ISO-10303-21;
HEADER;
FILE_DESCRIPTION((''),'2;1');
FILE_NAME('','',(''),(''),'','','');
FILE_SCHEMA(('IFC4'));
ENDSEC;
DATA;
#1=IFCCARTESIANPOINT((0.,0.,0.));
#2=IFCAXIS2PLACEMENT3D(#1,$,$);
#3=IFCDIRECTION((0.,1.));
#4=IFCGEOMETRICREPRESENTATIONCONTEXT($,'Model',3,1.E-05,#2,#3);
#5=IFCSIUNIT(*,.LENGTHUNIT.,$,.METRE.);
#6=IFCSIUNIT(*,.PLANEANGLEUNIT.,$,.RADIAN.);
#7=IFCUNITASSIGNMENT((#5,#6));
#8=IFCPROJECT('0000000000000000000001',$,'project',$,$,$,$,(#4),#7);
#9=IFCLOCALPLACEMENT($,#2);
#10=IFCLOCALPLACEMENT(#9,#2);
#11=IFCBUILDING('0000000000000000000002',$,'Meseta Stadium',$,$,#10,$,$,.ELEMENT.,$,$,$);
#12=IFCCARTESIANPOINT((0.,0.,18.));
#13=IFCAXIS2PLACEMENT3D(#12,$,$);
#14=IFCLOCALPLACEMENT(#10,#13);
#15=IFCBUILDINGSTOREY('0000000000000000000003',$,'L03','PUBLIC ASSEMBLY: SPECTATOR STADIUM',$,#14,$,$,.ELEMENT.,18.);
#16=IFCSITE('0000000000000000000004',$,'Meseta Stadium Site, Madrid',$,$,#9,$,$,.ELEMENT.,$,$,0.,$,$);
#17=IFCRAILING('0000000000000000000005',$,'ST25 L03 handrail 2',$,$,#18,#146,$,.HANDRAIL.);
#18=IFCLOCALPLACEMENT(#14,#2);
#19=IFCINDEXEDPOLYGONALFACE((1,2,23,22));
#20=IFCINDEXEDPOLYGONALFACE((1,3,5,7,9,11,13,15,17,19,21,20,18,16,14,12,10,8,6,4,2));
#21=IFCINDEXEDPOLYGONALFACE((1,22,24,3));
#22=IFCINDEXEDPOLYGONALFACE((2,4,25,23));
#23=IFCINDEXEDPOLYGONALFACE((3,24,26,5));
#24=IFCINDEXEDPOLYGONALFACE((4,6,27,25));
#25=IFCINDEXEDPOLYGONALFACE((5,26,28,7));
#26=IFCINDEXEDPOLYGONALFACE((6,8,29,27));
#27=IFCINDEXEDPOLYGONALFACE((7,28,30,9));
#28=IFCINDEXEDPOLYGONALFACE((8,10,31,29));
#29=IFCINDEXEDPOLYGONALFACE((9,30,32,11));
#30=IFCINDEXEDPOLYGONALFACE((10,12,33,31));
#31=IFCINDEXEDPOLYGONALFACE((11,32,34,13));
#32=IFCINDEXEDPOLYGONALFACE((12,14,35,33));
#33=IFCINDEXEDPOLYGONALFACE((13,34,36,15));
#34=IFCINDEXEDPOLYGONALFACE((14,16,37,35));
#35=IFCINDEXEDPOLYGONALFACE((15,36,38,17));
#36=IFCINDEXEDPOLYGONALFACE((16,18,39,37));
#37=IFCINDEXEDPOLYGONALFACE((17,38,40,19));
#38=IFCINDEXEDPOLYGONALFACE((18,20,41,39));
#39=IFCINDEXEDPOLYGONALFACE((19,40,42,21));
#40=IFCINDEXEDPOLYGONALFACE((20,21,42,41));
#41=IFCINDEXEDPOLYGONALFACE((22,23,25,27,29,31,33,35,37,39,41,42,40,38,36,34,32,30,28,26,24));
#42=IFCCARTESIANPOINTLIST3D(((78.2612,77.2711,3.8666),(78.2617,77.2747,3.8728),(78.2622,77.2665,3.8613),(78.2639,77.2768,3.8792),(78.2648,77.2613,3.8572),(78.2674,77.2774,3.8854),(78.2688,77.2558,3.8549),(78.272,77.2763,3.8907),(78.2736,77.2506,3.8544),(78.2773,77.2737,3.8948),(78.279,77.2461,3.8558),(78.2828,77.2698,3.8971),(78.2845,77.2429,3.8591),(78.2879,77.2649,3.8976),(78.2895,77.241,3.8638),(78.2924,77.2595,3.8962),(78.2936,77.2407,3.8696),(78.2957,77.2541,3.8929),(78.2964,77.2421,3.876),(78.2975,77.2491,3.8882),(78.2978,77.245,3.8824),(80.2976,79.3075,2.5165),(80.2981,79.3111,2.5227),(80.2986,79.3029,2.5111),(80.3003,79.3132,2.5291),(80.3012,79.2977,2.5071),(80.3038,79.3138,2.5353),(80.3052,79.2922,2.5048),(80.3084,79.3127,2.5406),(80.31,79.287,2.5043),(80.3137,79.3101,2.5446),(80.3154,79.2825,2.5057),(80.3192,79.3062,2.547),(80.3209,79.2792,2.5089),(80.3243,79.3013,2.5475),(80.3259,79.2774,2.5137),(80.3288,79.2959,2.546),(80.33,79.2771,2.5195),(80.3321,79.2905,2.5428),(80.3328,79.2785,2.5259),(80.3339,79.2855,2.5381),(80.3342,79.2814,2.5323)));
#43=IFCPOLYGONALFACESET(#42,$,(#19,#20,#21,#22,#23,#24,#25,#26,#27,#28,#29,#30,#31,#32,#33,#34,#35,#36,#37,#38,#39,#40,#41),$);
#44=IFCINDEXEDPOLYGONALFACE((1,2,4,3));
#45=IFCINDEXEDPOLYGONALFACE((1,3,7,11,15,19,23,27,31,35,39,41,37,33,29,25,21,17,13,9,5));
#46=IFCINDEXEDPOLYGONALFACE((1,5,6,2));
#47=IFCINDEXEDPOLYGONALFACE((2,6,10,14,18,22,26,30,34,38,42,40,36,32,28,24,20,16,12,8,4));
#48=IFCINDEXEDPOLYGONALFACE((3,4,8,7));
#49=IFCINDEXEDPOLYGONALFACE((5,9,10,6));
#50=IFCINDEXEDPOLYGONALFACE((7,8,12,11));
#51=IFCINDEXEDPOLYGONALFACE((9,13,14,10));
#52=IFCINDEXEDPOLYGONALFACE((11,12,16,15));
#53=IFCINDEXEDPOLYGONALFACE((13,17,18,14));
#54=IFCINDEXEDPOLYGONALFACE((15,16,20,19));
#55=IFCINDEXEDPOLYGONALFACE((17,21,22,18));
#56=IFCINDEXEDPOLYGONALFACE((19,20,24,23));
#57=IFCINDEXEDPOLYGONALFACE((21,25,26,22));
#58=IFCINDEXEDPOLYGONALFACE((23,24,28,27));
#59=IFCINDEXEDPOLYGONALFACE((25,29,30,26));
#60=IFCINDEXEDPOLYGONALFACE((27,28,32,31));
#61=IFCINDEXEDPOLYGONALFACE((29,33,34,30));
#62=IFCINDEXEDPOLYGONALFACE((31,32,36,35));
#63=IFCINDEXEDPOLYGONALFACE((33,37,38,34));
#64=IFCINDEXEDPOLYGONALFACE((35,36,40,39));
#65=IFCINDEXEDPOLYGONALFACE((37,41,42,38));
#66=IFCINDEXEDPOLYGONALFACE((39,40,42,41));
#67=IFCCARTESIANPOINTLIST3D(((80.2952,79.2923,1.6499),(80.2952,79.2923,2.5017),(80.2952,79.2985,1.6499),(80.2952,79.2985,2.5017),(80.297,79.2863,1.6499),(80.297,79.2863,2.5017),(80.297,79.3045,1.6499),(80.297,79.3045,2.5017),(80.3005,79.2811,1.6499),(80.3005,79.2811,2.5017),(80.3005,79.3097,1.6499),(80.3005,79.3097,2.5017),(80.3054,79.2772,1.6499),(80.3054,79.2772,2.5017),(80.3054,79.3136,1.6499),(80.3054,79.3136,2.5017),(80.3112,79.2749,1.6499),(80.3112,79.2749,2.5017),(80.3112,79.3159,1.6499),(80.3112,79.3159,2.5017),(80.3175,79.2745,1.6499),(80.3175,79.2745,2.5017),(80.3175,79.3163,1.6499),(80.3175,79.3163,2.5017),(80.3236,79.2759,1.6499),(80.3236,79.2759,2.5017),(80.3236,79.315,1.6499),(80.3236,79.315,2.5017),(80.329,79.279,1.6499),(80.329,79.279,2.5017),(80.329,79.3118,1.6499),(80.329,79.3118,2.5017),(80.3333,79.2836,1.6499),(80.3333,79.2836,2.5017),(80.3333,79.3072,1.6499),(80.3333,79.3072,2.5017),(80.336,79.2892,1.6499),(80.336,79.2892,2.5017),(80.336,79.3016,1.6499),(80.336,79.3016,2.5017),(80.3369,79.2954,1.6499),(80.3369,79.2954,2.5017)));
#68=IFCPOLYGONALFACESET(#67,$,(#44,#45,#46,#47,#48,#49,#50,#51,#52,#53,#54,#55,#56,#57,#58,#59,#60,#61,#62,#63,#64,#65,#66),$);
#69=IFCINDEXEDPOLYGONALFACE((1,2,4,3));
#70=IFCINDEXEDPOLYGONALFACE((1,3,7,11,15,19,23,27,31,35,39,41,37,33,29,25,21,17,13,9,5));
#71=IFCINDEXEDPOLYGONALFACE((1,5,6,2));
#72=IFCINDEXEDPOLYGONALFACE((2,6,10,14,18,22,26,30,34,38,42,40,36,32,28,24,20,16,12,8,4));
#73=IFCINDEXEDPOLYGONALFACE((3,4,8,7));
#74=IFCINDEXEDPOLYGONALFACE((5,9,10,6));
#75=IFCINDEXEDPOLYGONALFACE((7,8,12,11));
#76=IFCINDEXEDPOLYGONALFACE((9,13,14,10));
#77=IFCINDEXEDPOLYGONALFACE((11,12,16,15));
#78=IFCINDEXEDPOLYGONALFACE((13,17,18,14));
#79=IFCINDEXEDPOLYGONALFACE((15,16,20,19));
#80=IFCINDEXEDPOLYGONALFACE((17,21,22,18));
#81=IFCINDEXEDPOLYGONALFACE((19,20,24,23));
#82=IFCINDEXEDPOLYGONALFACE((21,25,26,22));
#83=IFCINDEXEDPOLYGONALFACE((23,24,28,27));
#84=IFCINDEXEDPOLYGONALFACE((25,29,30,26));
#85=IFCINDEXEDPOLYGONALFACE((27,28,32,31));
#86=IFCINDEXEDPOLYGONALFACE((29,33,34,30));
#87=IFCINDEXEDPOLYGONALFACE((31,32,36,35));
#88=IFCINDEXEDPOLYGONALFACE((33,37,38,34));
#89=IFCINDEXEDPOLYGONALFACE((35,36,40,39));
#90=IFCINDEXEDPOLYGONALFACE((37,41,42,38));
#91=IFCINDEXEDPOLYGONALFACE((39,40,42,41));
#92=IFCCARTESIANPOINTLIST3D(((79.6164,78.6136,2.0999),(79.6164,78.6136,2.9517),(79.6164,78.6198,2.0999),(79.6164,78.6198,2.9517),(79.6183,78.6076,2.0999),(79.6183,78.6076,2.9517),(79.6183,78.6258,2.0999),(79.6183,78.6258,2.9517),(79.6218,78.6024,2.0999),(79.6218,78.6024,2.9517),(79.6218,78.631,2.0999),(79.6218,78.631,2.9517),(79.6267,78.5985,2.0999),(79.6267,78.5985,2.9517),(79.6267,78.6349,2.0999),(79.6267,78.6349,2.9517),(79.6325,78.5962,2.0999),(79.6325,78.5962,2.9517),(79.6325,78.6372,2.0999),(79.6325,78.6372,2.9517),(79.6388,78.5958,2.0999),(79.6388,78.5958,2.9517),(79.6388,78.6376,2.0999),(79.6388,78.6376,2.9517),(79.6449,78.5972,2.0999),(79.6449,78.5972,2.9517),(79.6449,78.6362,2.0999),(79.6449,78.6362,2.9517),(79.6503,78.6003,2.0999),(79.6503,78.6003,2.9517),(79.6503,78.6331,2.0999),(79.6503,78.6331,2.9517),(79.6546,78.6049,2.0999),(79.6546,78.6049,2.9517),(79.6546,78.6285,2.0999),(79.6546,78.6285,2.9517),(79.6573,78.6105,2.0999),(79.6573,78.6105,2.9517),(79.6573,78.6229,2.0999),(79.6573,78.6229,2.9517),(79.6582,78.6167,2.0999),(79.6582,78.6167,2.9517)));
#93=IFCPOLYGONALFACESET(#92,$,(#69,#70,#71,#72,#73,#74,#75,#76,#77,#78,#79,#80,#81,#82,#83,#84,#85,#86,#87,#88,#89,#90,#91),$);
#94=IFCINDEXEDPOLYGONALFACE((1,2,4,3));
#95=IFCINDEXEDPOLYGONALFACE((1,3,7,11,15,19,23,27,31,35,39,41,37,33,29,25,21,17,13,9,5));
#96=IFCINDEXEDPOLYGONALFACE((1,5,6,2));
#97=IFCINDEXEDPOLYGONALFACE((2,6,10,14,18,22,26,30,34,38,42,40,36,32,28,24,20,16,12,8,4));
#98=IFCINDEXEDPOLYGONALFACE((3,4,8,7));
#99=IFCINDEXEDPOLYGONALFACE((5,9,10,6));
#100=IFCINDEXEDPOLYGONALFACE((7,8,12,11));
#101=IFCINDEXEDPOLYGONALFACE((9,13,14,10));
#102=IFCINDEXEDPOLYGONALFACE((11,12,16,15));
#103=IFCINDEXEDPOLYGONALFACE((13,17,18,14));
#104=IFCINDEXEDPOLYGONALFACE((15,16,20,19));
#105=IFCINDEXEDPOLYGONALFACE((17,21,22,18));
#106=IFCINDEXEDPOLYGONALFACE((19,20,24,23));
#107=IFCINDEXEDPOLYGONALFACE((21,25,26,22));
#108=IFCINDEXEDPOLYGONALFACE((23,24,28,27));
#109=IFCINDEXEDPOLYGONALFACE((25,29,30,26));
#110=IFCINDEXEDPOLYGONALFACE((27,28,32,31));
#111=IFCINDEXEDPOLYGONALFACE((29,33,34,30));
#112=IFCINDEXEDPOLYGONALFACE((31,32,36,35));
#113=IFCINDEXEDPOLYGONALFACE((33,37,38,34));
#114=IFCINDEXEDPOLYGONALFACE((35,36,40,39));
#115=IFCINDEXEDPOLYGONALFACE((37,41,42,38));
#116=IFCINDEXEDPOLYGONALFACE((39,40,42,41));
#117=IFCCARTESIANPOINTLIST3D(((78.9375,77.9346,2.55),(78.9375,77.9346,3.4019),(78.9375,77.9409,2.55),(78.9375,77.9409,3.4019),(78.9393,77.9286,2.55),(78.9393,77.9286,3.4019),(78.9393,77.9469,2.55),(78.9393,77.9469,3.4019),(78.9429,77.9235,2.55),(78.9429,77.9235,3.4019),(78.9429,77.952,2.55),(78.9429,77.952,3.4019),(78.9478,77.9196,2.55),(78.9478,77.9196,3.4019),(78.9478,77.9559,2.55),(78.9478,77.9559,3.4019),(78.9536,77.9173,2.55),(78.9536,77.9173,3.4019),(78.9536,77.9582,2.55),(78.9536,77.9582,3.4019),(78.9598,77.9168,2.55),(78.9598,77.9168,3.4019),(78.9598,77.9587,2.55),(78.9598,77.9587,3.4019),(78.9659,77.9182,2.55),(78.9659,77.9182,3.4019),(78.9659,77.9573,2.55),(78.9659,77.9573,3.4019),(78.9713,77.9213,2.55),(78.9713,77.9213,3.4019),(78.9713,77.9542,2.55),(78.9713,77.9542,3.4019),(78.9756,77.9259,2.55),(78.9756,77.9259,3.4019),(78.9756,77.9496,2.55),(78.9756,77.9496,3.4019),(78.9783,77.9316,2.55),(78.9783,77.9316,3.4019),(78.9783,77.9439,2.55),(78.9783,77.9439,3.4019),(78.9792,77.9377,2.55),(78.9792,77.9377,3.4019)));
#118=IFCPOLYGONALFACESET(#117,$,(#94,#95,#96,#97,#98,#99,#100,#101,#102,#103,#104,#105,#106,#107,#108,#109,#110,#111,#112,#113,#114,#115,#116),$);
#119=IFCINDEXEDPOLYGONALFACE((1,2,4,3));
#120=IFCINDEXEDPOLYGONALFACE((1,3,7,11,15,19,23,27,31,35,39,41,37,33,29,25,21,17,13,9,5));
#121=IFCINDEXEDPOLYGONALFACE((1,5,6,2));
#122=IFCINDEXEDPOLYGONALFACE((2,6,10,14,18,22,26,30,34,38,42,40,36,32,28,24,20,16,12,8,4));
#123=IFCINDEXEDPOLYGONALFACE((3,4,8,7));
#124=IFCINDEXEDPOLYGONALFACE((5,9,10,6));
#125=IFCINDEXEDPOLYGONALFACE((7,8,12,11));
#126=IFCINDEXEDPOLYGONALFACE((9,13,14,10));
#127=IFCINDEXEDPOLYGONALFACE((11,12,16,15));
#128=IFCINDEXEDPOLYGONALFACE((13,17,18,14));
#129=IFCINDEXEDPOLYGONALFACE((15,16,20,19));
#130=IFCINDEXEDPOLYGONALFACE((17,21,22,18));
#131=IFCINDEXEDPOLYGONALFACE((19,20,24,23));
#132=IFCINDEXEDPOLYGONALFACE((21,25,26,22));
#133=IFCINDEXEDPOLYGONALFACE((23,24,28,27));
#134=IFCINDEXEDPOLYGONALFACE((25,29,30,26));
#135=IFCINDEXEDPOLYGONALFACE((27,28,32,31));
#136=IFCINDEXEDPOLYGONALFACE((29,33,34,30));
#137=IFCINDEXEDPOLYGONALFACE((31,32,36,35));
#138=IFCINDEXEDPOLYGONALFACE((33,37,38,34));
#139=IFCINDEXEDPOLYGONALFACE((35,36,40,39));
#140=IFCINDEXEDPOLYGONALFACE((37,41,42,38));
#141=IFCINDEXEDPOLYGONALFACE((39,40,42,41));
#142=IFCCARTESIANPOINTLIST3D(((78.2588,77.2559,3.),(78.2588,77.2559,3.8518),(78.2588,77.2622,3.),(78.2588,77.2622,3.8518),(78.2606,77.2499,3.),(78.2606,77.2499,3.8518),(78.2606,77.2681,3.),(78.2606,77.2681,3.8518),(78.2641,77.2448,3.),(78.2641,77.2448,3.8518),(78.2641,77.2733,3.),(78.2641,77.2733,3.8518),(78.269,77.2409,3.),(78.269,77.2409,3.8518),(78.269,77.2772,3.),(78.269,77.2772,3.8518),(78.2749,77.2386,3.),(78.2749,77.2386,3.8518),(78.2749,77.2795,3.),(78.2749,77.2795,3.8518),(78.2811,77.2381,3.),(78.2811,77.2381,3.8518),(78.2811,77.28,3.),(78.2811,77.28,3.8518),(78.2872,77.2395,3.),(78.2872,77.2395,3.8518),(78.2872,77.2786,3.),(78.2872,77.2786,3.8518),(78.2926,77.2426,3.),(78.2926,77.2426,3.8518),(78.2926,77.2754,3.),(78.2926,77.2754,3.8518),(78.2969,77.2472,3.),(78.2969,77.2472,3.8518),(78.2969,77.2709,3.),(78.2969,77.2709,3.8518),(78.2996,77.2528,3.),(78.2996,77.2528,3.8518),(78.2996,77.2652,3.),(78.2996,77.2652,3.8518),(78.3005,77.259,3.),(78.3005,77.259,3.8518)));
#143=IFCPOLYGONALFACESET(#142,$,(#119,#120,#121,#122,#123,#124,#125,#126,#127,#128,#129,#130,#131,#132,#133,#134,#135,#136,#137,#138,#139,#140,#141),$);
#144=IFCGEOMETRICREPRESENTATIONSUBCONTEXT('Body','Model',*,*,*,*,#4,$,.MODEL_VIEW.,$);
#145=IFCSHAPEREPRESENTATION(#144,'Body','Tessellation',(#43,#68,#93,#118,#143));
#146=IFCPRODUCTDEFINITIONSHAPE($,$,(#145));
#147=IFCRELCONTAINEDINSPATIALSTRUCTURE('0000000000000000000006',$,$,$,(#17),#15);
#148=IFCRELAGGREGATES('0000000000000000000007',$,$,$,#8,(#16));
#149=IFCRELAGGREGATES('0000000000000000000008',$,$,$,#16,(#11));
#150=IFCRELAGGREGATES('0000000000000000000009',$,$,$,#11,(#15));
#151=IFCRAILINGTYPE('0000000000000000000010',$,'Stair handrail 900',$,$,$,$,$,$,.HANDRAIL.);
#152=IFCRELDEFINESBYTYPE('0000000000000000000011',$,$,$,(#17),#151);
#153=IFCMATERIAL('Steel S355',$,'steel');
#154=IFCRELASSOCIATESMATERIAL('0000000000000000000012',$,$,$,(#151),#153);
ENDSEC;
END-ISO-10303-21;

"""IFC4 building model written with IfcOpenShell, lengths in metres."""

from ifc_helpers import new_model, si_unit, direction, frame, origin, origin_2d, place, context, subcontext, project, spatial, circle, extrude, material, type_object, element, save


model = new_model("IFC4")

# Units and contexts
model_context = context("Model", 3, precision=1e-05, world=origin(), true_north=direction((0.0, 1.0)))
body_context = subcontext(model_context, "Body", "Model", "MODEL_VIEW")
ifc_project = project(units=[si_unit("LENGTHUNIT", "METRE"), si_unit("PLANEANGLEUNIT", "RADIAN")], contexts=[model_context])

# Site, building, storey
site_placement = place(None, origin())
site = spatial("IfcSite", under=ifc_project, at=site_placement, Name="Meseta Stadium Site, Madrid", CompositionType="ELEMENT", RefElevation=0.0)
building_placement = place(site_placement, origin())
building = spatial("IfcBuilding", under=site, at=building_placement, Name="Meseta Stadium", CompositionType="ELEMENT")
storey_placement = place(building_placement, frame((0.0, 0.0, 18.0)))
storey = spatial("IfcBuildingStorey", under=building, at=storey_placement, Name="L03", Description="PUBLIC ASSEMBLY: SPECTATOR STADIUM", CompositionType="ELEMENT", Elevation=18.0)

# Railing
ifc_material_1 = material(Name="Steel S355", Category="steel")
railing_type_1 = type_object("IfcRailingType", Name="Stair handrail 900", PredefinedType="HANDRAIL", material=ifc_material_1)
railing_1_placement = place(storey_placement, frame((80.3159, 79.2954, 1.6499)))
element("IfcRailing", 1, at=railing_1_placement, inside=storey, type_object=railing_type_1, Name="ST25 L03 handrail 2", PredefinedType="HANDRAIL", context=body_context, shape_type="SweptSolid", body=[
    extrude(circle(Radius=0.0239, at=origin_2d()), frame((0.0, 0.0, 0.876), z_axis=(-0.640243, -0.640243, 0.424475), x_axis=(0.707107, -0.707107, 0.0)), (0.0, 0.0, 1.0), 3.1807),
    extrude(circle(Radius=0.021, at=origin_2d()), origin(), (0.0, 0.0, 1.0), 0.8518),
    extrude(circle(Radius=0.021, at=origin_2d()), frame((-0.6787, -0.6787, 0.45)), (0.0, 0.0, 1.0), 0.8518),
    extrude(circle(Radius=0.021, at=origin_2d()), frame((-1.3577, -1.3577, 0.9001)), (0.0, 0.0, 1.0), 0.8518),
    extrude(circle(Radius=0.021, at=origin_2d()), frame((-2.0364, -2.0364, 1.3501)), (0.0, 0.0, 1.0), 0.8518),
])

save(model, "model.ifc")
